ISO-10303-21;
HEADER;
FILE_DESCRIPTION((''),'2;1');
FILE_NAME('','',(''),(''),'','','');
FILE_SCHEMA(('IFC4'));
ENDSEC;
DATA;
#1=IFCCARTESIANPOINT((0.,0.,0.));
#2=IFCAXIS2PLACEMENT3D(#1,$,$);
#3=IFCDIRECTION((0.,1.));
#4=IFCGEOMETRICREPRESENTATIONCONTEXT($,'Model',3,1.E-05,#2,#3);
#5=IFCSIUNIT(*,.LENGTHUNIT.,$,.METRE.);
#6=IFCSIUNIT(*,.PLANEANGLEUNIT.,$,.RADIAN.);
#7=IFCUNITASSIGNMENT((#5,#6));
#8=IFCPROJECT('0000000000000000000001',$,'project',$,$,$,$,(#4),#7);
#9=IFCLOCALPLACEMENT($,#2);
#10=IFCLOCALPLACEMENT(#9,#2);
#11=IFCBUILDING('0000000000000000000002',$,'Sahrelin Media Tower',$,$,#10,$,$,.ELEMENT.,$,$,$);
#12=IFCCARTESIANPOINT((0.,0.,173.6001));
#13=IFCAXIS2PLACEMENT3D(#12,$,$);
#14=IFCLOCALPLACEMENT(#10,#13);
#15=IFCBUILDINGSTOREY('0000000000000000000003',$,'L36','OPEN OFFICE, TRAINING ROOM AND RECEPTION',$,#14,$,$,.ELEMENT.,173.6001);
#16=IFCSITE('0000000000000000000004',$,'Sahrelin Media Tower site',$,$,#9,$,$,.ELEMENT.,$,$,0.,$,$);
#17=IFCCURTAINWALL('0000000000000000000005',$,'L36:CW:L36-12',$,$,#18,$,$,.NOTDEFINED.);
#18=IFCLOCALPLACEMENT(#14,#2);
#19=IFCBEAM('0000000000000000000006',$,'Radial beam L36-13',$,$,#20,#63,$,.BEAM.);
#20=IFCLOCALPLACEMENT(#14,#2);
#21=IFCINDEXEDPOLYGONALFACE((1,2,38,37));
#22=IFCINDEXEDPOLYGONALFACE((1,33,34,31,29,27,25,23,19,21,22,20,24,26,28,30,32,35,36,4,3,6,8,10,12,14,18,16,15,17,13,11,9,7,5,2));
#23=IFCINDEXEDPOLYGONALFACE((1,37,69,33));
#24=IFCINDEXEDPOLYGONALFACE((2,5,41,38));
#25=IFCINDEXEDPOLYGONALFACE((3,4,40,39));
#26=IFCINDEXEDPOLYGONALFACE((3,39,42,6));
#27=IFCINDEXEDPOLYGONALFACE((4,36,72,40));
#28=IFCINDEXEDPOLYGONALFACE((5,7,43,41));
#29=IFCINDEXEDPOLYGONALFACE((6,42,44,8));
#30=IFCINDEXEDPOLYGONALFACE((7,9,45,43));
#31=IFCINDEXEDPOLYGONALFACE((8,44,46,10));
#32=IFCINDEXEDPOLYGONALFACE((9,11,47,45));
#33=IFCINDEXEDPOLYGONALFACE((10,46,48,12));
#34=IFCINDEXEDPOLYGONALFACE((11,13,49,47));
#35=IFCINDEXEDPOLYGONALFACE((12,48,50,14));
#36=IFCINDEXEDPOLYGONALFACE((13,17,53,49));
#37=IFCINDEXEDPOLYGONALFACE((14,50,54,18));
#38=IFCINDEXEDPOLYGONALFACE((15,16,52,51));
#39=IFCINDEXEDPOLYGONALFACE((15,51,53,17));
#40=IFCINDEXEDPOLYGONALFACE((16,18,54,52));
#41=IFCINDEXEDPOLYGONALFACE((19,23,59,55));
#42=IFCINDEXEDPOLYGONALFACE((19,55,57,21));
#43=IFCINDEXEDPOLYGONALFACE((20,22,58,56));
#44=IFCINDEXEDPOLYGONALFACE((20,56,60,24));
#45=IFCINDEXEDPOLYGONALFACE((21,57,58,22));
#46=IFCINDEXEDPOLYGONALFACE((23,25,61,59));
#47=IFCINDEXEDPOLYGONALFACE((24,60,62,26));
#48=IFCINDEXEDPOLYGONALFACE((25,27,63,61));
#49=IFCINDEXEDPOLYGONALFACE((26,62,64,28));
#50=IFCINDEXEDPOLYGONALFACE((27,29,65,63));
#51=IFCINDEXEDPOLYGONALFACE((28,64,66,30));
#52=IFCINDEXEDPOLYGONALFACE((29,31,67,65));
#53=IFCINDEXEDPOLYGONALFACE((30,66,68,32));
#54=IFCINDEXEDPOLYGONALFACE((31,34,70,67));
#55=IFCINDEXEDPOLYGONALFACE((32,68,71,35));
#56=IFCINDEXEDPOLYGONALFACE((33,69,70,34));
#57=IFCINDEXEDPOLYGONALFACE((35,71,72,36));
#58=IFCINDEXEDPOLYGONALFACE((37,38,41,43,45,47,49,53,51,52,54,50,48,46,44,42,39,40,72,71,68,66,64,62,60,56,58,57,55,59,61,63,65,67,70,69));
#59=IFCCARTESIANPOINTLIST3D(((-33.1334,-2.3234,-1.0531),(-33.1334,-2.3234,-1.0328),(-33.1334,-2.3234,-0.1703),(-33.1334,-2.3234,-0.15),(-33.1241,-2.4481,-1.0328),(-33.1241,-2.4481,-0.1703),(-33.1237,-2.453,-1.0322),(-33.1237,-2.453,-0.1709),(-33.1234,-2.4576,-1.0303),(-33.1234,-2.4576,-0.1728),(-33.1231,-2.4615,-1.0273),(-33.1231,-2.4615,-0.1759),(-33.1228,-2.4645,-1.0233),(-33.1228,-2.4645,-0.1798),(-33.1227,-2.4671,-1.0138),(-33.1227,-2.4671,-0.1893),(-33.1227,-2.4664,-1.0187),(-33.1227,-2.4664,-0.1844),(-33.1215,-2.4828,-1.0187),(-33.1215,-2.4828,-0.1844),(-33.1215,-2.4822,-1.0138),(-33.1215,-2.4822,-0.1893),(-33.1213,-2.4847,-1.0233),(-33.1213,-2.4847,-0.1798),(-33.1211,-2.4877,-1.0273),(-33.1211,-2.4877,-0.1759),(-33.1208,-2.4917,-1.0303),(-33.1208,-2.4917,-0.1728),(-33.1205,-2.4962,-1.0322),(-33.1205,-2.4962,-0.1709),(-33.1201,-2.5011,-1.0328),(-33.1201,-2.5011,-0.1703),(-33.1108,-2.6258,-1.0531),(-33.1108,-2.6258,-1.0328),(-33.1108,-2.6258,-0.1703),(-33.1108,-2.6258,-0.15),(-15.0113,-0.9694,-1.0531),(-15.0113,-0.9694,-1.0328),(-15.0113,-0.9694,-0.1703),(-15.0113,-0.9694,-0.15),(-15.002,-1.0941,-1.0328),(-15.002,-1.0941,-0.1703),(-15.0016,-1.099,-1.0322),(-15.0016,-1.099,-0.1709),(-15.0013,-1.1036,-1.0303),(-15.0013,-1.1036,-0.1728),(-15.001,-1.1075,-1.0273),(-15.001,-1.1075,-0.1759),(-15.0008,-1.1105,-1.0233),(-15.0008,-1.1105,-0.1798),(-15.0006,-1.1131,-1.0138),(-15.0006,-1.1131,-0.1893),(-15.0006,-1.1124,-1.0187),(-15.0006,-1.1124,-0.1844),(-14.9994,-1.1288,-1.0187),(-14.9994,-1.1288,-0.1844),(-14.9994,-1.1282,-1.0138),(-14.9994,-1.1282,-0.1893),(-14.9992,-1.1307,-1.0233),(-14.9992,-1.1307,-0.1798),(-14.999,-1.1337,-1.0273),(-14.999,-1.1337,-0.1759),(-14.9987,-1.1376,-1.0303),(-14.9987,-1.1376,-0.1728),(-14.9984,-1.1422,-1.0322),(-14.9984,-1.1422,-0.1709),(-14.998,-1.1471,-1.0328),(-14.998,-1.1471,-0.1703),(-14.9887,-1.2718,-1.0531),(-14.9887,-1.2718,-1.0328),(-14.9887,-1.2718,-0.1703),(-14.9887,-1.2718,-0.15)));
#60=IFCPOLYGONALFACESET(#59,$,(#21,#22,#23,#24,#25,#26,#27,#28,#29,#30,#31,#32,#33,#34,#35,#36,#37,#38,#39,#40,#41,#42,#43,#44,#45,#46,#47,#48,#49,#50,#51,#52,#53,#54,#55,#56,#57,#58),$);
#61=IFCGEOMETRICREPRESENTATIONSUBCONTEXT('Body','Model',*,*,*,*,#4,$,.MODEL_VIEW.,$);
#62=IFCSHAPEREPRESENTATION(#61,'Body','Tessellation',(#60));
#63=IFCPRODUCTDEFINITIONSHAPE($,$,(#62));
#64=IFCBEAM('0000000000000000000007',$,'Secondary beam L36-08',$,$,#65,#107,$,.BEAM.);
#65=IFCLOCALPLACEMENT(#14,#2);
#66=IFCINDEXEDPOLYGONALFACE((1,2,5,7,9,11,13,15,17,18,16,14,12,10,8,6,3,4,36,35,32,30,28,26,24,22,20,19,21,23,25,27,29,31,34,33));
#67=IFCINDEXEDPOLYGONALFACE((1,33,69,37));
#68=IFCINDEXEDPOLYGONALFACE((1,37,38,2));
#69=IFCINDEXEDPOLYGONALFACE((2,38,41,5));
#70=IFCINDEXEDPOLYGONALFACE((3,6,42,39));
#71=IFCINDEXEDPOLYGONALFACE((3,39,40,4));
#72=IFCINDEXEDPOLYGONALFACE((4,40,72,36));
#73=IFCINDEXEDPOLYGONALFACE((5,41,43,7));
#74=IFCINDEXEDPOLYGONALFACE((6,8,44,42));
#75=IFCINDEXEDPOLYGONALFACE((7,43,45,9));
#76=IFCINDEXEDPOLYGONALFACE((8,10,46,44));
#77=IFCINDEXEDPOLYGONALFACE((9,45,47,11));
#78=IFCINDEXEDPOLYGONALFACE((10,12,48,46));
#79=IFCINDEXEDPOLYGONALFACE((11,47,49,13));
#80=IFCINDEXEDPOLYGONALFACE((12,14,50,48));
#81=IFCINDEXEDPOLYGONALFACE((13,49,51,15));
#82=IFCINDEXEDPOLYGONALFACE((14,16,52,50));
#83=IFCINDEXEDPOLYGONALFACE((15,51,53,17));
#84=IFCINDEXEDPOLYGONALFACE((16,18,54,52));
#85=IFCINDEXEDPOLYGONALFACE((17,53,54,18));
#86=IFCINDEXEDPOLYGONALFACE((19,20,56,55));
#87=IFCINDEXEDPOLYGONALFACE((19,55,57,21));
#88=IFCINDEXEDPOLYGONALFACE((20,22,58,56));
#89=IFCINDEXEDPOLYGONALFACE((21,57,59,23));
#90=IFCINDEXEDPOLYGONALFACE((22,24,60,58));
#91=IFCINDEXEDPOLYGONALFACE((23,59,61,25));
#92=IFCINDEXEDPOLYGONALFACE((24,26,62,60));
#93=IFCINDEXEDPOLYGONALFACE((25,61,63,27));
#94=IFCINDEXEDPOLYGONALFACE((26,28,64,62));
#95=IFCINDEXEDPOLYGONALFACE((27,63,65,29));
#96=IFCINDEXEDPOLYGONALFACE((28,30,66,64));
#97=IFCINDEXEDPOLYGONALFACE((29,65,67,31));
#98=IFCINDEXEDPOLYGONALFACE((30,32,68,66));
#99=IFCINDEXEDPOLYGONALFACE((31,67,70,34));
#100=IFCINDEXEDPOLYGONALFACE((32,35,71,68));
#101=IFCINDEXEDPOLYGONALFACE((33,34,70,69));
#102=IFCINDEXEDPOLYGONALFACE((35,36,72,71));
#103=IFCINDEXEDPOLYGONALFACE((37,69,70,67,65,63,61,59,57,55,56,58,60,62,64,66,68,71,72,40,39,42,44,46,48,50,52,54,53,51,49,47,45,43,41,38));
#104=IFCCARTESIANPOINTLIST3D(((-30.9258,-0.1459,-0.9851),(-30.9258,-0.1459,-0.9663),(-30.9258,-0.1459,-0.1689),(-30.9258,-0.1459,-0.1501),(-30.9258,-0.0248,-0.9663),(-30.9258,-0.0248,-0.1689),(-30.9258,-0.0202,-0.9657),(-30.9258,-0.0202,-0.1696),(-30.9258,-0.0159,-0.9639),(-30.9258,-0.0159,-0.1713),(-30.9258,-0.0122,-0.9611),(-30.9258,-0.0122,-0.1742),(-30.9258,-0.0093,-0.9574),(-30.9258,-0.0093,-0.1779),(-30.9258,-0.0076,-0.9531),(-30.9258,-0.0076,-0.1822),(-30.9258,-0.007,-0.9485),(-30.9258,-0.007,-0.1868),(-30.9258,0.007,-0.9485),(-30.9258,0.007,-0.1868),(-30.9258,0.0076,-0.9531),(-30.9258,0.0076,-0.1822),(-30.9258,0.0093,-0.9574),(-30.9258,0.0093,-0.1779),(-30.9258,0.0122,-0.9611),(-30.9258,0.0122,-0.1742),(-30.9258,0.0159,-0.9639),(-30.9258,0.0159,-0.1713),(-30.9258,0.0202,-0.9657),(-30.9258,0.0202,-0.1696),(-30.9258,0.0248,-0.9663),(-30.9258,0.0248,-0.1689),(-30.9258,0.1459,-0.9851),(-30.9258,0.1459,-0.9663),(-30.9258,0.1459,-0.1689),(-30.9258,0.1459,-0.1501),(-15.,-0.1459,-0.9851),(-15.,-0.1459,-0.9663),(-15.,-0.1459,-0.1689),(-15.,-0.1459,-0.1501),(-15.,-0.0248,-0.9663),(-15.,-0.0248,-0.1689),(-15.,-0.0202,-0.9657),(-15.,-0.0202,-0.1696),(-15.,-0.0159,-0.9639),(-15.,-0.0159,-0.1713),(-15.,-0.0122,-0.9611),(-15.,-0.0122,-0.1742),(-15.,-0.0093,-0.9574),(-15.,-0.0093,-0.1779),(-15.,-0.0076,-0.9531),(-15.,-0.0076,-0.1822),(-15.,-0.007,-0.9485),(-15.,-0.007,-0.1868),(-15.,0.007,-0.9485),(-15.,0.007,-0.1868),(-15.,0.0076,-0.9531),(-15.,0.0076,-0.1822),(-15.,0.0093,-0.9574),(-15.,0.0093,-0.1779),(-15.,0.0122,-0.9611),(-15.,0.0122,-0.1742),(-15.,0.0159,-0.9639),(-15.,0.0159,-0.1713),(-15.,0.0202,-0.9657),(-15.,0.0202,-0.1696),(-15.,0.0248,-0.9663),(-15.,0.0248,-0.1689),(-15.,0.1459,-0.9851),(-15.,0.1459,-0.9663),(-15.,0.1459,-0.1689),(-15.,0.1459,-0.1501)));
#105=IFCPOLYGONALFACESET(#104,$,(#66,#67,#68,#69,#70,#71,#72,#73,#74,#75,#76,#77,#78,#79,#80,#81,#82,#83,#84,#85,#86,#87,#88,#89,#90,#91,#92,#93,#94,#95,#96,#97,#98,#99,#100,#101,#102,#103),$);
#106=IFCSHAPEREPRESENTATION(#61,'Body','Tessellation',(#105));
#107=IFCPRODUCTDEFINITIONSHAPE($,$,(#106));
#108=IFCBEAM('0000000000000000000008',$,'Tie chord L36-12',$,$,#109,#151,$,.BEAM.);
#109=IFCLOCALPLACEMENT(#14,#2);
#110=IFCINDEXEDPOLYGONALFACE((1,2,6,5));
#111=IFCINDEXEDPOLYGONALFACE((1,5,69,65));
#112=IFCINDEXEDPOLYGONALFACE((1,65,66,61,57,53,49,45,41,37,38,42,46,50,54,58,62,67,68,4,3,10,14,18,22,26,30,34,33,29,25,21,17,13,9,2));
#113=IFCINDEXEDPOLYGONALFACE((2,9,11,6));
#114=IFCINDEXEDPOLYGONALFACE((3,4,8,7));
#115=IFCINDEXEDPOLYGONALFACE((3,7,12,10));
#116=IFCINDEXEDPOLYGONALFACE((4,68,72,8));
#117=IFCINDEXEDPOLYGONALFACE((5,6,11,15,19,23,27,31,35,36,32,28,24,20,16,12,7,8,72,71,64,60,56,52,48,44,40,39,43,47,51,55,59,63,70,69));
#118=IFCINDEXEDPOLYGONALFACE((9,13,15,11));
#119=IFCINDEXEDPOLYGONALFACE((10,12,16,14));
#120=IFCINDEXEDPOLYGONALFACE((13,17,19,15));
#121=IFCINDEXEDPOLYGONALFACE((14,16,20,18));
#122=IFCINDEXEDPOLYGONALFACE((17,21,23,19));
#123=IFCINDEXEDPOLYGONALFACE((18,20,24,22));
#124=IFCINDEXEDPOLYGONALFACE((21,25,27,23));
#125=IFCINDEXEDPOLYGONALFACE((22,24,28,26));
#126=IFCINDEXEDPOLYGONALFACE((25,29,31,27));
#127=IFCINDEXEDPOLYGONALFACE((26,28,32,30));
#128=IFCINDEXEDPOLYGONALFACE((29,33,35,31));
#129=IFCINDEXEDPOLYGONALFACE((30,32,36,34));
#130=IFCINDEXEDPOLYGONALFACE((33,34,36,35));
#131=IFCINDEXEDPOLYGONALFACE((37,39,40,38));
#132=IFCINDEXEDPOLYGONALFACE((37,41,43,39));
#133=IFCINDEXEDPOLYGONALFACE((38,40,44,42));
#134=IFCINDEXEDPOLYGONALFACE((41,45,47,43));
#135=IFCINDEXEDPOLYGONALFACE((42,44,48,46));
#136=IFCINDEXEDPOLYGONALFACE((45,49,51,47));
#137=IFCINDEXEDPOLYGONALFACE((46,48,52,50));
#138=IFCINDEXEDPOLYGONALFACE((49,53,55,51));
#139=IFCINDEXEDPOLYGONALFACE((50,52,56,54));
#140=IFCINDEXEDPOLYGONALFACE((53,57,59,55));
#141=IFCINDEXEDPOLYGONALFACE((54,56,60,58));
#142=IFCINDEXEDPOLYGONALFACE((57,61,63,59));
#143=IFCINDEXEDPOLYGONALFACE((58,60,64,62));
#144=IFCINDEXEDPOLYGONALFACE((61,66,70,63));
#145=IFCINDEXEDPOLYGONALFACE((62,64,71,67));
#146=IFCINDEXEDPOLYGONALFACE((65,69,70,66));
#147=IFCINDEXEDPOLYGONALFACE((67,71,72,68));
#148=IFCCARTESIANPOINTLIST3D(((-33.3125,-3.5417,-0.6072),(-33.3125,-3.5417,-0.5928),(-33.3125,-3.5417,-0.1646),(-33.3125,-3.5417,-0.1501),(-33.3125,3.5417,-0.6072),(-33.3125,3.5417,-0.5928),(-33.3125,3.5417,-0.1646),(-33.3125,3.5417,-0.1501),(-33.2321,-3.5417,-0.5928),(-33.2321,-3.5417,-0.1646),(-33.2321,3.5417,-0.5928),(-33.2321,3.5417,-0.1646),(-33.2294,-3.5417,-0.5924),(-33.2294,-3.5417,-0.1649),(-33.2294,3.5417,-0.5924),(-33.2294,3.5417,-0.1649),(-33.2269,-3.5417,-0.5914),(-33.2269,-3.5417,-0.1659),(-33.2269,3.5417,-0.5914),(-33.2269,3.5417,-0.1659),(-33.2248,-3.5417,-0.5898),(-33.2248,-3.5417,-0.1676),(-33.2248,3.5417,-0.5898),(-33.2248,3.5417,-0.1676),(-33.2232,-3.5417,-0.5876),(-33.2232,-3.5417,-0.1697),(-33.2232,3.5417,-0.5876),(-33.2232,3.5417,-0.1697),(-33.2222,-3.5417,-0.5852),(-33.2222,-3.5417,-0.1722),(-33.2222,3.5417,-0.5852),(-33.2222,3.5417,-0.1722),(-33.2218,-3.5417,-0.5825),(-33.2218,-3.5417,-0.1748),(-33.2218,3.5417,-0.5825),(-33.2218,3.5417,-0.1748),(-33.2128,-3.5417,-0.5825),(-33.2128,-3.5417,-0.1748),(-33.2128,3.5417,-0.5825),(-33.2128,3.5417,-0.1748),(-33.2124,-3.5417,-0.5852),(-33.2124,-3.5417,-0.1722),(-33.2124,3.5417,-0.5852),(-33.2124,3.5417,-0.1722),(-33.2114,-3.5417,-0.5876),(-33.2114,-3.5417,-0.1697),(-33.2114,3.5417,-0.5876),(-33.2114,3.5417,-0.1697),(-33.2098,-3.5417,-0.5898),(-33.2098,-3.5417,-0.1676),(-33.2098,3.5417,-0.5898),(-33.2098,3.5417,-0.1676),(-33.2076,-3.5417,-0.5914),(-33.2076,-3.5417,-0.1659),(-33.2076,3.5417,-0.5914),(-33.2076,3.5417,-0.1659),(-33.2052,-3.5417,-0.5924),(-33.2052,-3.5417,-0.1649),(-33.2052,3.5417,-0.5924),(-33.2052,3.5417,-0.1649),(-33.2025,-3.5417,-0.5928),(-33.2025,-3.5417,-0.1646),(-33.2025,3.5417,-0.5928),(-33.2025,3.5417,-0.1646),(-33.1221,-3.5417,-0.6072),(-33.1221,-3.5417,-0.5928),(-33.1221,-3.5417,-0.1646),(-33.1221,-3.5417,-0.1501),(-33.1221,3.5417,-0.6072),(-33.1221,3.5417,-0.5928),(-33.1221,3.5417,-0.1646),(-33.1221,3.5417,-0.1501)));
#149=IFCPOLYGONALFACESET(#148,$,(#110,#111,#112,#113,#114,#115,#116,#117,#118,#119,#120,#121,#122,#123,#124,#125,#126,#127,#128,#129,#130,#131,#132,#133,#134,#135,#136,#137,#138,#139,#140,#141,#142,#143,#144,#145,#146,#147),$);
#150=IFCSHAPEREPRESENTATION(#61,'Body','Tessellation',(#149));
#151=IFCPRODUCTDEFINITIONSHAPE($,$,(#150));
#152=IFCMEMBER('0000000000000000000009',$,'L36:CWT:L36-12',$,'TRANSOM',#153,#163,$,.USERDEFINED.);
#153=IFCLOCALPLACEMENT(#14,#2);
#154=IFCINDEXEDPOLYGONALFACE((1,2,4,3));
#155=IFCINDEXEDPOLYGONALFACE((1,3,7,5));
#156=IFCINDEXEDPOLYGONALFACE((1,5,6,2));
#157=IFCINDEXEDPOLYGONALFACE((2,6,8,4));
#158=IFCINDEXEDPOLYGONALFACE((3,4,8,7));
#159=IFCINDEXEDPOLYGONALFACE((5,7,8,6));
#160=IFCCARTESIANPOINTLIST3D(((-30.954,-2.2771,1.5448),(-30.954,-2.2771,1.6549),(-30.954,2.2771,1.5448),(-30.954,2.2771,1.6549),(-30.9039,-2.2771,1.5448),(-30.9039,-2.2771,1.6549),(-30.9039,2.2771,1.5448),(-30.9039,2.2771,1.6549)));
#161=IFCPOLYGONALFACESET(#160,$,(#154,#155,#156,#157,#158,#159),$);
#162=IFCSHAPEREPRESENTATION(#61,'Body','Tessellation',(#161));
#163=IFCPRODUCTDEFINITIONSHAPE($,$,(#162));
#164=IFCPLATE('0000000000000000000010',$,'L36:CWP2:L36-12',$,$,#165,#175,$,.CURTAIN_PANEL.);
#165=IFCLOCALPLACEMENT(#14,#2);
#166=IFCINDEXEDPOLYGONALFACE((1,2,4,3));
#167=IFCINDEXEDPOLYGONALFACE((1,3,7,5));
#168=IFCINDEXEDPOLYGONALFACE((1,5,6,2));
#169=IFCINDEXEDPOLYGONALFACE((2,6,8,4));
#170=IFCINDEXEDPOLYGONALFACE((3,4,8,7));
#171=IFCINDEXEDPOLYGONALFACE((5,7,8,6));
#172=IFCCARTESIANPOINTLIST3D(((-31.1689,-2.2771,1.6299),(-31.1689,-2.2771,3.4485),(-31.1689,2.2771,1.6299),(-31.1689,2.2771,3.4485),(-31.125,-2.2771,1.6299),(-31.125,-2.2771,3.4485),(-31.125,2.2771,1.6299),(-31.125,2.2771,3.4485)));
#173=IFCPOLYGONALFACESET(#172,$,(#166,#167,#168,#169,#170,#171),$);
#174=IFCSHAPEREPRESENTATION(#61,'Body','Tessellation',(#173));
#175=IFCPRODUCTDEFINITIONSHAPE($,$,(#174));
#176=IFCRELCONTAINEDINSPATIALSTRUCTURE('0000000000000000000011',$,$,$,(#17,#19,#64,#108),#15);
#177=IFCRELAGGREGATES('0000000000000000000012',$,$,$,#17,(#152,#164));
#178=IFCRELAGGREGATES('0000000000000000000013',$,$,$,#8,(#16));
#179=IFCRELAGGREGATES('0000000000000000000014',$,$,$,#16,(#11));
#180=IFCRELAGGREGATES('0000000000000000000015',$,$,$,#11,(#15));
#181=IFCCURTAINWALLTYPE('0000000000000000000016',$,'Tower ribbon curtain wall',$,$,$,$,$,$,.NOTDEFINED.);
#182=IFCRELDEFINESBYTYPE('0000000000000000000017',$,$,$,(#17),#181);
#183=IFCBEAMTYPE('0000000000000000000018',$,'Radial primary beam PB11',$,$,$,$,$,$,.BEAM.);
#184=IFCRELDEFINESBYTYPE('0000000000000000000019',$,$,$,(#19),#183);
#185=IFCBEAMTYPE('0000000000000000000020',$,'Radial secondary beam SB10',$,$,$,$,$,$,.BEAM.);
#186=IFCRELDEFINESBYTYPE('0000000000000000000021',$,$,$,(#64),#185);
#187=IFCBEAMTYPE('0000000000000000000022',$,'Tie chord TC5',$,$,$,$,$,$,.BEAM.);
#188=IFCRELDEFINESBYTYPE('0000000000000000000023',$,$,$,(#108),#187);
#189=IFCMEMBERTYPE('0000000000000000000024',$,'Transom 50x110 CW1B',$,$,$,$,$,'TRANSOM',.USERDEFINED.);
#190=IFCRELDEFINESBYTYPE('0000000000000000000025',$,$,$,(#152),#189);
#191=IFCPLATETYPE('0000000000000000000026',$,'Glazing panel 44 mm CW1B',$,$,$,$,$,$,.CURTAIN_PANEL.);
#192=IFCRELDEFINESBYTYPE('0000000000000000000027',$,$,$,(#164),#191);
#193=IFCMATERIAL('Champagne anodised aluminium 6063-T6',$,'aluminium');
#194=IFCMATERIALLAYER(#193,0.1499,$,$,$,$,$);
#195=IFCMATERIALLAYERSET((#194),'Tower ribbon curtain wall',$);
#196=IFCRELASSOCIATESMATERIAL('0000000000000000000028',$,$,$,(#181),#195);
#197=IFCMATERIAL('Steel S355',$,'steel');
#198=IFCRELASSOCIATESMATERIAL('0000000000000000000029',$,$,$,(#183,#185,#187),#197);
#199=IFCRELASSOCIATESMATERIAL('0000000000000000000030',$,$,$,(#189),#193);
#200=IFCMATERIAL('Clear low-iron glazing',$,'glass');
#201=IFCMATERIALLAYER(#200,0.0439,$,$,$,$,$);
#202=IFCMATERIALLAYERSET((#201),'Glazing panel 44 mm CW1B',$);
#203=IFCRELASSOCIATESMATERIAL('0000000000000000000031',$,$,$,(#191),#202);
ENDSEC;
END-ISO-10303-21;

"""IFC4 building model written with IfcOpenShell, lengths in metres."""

from ifc_helpers import new_model, si_unit, direction, frame, origin, origin_2d, place, context, subcontext, project, spatial, polyline, rectangle, i_section, outline, extrude, material, layer, layer_set, material_profile, profile_set, type_object, element, aggregate, save


model = new_model("IFC4")

# Units and contexts
model_context = context("Model", 3, precision=1e-05, world=origin(), true_north=direction((0.0, 1.0)))
body_context = subcontext(model_context, "Body", "Model", "MODEL_VIEW")
ifc_project = project(units=[si_unit("LENGTHUNIT", "METRE"), si_unit("PLANEANGLEUNIT", "RADIAN")], contexts=[model_context])

# Site, building, storey
site_placement = place(None, origin())
site = spatial("IfcSite", under=ifc_project, at=site_placement, Name="Sahrelin Media Tower site", CompositionType="ELEMENT", RefElevation=0.0)
building_placement = place(site_placement, origin())
building = spatial("IfcBuilding", under=site, at=building_placement, Name="Sahrelin Media Tower", CompositionType="ELEMENT")
storey_placement = place(building_placement, frame((0.0, 0.0, 173.6001)))
storey = spatial("IfcBuildingStorey", under=building, at=storey_placement, Name="L36", Description="OPEN OFFICE, TRAINING ROOM AND RECEPTION", CompositionType="ELEMENT", Elevation=173.6001)

# Curtain wall
ifc_material_1 = material(Name="Champagne anodised aluminium 6063-T6", Category="aluminium")
ifc_layer_1 = layer(ifc_material_1, 0.1499)
ifc_layer_set_1 = layer_set([ifc_layer_1], Name="Tower ribbon curtain wall")
curtain_wall_type = type_object("IfcCurtainWallType", Name="Tower ribbon curtain wall", PredefinedType="NOTDEFINED", material=ifc_layer_set_1)
curtain_wall_placement = place(storey_placement, frame((-31.1489, 0.0, 0.0), z_axis=(0.0, 0.0, 1.0), x_axis=(1.0, 0.0, 0.0)))
curtain_wall = element("IfcCurtainWall", 1, at=curtain_wall_placement, inside=storey, type_object=curtain_wall_type, Name="L36:CW:L36-12", PredefinedType="NOTDEFINED")

# Beams
ifc_material_2 = material(Name="Steel S355", Category="steel")
ifc_material_profile_1 = material_profile(ifc_material_2, i_section(OverallWidth=0.3032, OverallDepth=0.9031, WebThickness=0.0151, FlangeThickness=0.0203, FilletRadius=0.019, at=origin_2d()), Name="UB 914x305x201")
ifc_profile_set_1 = profile_set([ifc_material_profile_1], Name="Steel S355")
beam_type_1 = type_object("IfcBeamType", Name="Radial primary beam PB11", PredefinedType="BEAM", material=ifc_profile_set_1)
for number, where, z_axis, x_axis, name in (
    (2, (-15.0, -1.1206, -0.6016), (-0.99722, -0.074508, 0.0), (0.074508, -0.99722, 0.0), "Radial beam L36-13"),
):
    element("IfcBeam", number, at=place(storey_placement, frame(where, z_axis=z_axis, x_axis=x_axis)), inside=storey, type_object=beam_type_1, Name=name, PredefinedType="BEAM", context=body_context, shape_type="SweptSolid", body=[
        extrude(i_section(OverallWidth=0.3032, OverallDepth=0.9031, WebThickness=0.0151, FlangeThickness=0.0203, FilletRadius=0.019, at=origin_2d()), origin(), (0.0, 0.0, 1.0), 18.1726),
    ])
ifc_material_profile_2 = material_profile(ifc_material_2, i_section(OverallWidth=0.2917, OverallDepth=0.835, WebThickness=0.0139, FlangeThickness=0.0188, FilletRadius=0.0178, at=origin_2d()), Name="UB 838x292x176")
ifc_profile_set_2 = profile_set([ifc_material_profile_2], Name="Steel S355")
beam_type_2 = type_object("IfcBeamType", Name="Radial secondary beam SB10", PredefinedType="BEAM", material=ifc_profile_set_2)
beam_1_placement = place(storey_placement, frame((-15.0, 0.0, -0.5676), z_axis=(-1.0, 0.0, 0.0), x_axis=(0.0, -1.0, 0.0)))
element("IfcBeam", 3, at=beam_1_placement, inside=storey, type_object=beam_type_2, Name="Secondary beam L36-08", PredefinedType="BEAM", context=body_context, shape_type="SweptSolid", body=[
    extrude(i_section(OverallWidth=0.2917, OverallDepth=0.835, WebThickness=0.0139, FlangeThickness=0.0188, FilletRadius=0.0178, at=origin_2d()), origin(), (0.0, 0.0, 1.0), 15.9258),
])
ifc_material_profile_3 = material_profile(ifc_material_2, i_section(OverallWidth=0.1904, OverallDepth=0.457, WebThickness=0.009, FlangeThickness=0.0144, FilletRadius=0.0103, at=origin_2d()), Name="UB 457x191x74")
ifc_profile_set_3 = profile_set([ifc_material_profile_3], Name="Steel S355")
beam_type_3 = type_object("IfcBeamType", Name="Tie chord TC5", PredefinedType="BEAM", material=ifc_profile_set_3)
beam_2_placement = place(storey_placement, frame((-33.2173, 3.5417, -0.3787), z_axis=(0.0, -1.0, 0.0), x_axis=(1.0, 0.0, 0.0)))
element("IfcBeam", 4, at=beam_2_placement, inside=storey, type_object=beam_type_3, Name="Tie chord L36-12", PredefinedType="BEAM", context=body_context, shape_type="SweptSolid", body=[
    extrude(i_section(OverallWidth=0.1904, OverallDepth=0.457, WebThickness=0.009, FlangeThickness=0.0144, FilletRadius=0.0103, at=origin_2d()), origin(), (0.0, 0.0, 1.0), 7.0835),
])

# Member
ifc_material_profile_4 = material_profile(ifc_material_1, rectangle(XDim=0.05, YDim=0.1101, at=origin_2d()), Name="Transom 50x110")
ifc_profile_set_4 = profile_set([ifc_material_profile_4], Name="Champagne anodised aluminium 6063-T6")
member_type_1 = type_object("IfcMemberType", Name="Transom 50x110 CW1B", ElementType="TRANSOM", PredefinedType="USERDEFINED", material=ifc_profile_set_4)
member_1_placement = place(storey_placement, frame((-30.929, 2.2771, 1.5999), z_axis=(0.0, -1.0, 0.0), x_axis=(1.0, 0.0, 0.0)))
member_1 = element("IfcMember", 5, at=member_1_placement, type_object=member_type_1, Name="L36:CWT:L36-12", ObjectType="TRANSOM", PredefinedType="USERDEFINED", context=body_context, shape_type="SweptSolid", body=[
    extrude(rectangle(XDim=0.05, YDim=0.1101, at=origin_2d()), origin(), (0.0, 0.0, 1.0), 4.5542),
])

# Plate
ifc_material_3 = material(Name="Clear low-iron glazing", Category="glass")
ifc_layer_2 = layer(ifc_material_3, 0.0439)
ifc_layer_set_2 = layer_set([ifc_layer_2], Name="Glazing panel 44 mm CW1B")
plate_type_1 = type_object("IfcPlateType", Name="Glazing panel 44 mm CW1B", PredefinedType="CURTAIN_PANEL", material=ifc_layer_set_2)
plate_1_placement = place(storey_placement, frame((-31.1689, 2.2771, 1.6299), z_axis=(-1.0, 0.0, 0.0), x_axis=(0.0, -1.0, 0.0)))
plate_1 = element("IfcPlate", 6, at=plate_1_placement, type_object=plate_type_1, Name="L36:CWP2:L36-12", PredefinedType="CURTAIN_PANEL", context=body_context, shape_type="SweptSolid", body=[
    extrude(outline(polyline([(0.0, 0.0), (4.5542, 0.0), (4.5542, 1.8186), (0.0, 1.8186), (0.0, 0.0)])), origin(), (0.0, 0.0, -1.0), 0.0439),
])
aggregate(curtain_wall, [member_1, plate_1])

save(model, "model.ifc")
